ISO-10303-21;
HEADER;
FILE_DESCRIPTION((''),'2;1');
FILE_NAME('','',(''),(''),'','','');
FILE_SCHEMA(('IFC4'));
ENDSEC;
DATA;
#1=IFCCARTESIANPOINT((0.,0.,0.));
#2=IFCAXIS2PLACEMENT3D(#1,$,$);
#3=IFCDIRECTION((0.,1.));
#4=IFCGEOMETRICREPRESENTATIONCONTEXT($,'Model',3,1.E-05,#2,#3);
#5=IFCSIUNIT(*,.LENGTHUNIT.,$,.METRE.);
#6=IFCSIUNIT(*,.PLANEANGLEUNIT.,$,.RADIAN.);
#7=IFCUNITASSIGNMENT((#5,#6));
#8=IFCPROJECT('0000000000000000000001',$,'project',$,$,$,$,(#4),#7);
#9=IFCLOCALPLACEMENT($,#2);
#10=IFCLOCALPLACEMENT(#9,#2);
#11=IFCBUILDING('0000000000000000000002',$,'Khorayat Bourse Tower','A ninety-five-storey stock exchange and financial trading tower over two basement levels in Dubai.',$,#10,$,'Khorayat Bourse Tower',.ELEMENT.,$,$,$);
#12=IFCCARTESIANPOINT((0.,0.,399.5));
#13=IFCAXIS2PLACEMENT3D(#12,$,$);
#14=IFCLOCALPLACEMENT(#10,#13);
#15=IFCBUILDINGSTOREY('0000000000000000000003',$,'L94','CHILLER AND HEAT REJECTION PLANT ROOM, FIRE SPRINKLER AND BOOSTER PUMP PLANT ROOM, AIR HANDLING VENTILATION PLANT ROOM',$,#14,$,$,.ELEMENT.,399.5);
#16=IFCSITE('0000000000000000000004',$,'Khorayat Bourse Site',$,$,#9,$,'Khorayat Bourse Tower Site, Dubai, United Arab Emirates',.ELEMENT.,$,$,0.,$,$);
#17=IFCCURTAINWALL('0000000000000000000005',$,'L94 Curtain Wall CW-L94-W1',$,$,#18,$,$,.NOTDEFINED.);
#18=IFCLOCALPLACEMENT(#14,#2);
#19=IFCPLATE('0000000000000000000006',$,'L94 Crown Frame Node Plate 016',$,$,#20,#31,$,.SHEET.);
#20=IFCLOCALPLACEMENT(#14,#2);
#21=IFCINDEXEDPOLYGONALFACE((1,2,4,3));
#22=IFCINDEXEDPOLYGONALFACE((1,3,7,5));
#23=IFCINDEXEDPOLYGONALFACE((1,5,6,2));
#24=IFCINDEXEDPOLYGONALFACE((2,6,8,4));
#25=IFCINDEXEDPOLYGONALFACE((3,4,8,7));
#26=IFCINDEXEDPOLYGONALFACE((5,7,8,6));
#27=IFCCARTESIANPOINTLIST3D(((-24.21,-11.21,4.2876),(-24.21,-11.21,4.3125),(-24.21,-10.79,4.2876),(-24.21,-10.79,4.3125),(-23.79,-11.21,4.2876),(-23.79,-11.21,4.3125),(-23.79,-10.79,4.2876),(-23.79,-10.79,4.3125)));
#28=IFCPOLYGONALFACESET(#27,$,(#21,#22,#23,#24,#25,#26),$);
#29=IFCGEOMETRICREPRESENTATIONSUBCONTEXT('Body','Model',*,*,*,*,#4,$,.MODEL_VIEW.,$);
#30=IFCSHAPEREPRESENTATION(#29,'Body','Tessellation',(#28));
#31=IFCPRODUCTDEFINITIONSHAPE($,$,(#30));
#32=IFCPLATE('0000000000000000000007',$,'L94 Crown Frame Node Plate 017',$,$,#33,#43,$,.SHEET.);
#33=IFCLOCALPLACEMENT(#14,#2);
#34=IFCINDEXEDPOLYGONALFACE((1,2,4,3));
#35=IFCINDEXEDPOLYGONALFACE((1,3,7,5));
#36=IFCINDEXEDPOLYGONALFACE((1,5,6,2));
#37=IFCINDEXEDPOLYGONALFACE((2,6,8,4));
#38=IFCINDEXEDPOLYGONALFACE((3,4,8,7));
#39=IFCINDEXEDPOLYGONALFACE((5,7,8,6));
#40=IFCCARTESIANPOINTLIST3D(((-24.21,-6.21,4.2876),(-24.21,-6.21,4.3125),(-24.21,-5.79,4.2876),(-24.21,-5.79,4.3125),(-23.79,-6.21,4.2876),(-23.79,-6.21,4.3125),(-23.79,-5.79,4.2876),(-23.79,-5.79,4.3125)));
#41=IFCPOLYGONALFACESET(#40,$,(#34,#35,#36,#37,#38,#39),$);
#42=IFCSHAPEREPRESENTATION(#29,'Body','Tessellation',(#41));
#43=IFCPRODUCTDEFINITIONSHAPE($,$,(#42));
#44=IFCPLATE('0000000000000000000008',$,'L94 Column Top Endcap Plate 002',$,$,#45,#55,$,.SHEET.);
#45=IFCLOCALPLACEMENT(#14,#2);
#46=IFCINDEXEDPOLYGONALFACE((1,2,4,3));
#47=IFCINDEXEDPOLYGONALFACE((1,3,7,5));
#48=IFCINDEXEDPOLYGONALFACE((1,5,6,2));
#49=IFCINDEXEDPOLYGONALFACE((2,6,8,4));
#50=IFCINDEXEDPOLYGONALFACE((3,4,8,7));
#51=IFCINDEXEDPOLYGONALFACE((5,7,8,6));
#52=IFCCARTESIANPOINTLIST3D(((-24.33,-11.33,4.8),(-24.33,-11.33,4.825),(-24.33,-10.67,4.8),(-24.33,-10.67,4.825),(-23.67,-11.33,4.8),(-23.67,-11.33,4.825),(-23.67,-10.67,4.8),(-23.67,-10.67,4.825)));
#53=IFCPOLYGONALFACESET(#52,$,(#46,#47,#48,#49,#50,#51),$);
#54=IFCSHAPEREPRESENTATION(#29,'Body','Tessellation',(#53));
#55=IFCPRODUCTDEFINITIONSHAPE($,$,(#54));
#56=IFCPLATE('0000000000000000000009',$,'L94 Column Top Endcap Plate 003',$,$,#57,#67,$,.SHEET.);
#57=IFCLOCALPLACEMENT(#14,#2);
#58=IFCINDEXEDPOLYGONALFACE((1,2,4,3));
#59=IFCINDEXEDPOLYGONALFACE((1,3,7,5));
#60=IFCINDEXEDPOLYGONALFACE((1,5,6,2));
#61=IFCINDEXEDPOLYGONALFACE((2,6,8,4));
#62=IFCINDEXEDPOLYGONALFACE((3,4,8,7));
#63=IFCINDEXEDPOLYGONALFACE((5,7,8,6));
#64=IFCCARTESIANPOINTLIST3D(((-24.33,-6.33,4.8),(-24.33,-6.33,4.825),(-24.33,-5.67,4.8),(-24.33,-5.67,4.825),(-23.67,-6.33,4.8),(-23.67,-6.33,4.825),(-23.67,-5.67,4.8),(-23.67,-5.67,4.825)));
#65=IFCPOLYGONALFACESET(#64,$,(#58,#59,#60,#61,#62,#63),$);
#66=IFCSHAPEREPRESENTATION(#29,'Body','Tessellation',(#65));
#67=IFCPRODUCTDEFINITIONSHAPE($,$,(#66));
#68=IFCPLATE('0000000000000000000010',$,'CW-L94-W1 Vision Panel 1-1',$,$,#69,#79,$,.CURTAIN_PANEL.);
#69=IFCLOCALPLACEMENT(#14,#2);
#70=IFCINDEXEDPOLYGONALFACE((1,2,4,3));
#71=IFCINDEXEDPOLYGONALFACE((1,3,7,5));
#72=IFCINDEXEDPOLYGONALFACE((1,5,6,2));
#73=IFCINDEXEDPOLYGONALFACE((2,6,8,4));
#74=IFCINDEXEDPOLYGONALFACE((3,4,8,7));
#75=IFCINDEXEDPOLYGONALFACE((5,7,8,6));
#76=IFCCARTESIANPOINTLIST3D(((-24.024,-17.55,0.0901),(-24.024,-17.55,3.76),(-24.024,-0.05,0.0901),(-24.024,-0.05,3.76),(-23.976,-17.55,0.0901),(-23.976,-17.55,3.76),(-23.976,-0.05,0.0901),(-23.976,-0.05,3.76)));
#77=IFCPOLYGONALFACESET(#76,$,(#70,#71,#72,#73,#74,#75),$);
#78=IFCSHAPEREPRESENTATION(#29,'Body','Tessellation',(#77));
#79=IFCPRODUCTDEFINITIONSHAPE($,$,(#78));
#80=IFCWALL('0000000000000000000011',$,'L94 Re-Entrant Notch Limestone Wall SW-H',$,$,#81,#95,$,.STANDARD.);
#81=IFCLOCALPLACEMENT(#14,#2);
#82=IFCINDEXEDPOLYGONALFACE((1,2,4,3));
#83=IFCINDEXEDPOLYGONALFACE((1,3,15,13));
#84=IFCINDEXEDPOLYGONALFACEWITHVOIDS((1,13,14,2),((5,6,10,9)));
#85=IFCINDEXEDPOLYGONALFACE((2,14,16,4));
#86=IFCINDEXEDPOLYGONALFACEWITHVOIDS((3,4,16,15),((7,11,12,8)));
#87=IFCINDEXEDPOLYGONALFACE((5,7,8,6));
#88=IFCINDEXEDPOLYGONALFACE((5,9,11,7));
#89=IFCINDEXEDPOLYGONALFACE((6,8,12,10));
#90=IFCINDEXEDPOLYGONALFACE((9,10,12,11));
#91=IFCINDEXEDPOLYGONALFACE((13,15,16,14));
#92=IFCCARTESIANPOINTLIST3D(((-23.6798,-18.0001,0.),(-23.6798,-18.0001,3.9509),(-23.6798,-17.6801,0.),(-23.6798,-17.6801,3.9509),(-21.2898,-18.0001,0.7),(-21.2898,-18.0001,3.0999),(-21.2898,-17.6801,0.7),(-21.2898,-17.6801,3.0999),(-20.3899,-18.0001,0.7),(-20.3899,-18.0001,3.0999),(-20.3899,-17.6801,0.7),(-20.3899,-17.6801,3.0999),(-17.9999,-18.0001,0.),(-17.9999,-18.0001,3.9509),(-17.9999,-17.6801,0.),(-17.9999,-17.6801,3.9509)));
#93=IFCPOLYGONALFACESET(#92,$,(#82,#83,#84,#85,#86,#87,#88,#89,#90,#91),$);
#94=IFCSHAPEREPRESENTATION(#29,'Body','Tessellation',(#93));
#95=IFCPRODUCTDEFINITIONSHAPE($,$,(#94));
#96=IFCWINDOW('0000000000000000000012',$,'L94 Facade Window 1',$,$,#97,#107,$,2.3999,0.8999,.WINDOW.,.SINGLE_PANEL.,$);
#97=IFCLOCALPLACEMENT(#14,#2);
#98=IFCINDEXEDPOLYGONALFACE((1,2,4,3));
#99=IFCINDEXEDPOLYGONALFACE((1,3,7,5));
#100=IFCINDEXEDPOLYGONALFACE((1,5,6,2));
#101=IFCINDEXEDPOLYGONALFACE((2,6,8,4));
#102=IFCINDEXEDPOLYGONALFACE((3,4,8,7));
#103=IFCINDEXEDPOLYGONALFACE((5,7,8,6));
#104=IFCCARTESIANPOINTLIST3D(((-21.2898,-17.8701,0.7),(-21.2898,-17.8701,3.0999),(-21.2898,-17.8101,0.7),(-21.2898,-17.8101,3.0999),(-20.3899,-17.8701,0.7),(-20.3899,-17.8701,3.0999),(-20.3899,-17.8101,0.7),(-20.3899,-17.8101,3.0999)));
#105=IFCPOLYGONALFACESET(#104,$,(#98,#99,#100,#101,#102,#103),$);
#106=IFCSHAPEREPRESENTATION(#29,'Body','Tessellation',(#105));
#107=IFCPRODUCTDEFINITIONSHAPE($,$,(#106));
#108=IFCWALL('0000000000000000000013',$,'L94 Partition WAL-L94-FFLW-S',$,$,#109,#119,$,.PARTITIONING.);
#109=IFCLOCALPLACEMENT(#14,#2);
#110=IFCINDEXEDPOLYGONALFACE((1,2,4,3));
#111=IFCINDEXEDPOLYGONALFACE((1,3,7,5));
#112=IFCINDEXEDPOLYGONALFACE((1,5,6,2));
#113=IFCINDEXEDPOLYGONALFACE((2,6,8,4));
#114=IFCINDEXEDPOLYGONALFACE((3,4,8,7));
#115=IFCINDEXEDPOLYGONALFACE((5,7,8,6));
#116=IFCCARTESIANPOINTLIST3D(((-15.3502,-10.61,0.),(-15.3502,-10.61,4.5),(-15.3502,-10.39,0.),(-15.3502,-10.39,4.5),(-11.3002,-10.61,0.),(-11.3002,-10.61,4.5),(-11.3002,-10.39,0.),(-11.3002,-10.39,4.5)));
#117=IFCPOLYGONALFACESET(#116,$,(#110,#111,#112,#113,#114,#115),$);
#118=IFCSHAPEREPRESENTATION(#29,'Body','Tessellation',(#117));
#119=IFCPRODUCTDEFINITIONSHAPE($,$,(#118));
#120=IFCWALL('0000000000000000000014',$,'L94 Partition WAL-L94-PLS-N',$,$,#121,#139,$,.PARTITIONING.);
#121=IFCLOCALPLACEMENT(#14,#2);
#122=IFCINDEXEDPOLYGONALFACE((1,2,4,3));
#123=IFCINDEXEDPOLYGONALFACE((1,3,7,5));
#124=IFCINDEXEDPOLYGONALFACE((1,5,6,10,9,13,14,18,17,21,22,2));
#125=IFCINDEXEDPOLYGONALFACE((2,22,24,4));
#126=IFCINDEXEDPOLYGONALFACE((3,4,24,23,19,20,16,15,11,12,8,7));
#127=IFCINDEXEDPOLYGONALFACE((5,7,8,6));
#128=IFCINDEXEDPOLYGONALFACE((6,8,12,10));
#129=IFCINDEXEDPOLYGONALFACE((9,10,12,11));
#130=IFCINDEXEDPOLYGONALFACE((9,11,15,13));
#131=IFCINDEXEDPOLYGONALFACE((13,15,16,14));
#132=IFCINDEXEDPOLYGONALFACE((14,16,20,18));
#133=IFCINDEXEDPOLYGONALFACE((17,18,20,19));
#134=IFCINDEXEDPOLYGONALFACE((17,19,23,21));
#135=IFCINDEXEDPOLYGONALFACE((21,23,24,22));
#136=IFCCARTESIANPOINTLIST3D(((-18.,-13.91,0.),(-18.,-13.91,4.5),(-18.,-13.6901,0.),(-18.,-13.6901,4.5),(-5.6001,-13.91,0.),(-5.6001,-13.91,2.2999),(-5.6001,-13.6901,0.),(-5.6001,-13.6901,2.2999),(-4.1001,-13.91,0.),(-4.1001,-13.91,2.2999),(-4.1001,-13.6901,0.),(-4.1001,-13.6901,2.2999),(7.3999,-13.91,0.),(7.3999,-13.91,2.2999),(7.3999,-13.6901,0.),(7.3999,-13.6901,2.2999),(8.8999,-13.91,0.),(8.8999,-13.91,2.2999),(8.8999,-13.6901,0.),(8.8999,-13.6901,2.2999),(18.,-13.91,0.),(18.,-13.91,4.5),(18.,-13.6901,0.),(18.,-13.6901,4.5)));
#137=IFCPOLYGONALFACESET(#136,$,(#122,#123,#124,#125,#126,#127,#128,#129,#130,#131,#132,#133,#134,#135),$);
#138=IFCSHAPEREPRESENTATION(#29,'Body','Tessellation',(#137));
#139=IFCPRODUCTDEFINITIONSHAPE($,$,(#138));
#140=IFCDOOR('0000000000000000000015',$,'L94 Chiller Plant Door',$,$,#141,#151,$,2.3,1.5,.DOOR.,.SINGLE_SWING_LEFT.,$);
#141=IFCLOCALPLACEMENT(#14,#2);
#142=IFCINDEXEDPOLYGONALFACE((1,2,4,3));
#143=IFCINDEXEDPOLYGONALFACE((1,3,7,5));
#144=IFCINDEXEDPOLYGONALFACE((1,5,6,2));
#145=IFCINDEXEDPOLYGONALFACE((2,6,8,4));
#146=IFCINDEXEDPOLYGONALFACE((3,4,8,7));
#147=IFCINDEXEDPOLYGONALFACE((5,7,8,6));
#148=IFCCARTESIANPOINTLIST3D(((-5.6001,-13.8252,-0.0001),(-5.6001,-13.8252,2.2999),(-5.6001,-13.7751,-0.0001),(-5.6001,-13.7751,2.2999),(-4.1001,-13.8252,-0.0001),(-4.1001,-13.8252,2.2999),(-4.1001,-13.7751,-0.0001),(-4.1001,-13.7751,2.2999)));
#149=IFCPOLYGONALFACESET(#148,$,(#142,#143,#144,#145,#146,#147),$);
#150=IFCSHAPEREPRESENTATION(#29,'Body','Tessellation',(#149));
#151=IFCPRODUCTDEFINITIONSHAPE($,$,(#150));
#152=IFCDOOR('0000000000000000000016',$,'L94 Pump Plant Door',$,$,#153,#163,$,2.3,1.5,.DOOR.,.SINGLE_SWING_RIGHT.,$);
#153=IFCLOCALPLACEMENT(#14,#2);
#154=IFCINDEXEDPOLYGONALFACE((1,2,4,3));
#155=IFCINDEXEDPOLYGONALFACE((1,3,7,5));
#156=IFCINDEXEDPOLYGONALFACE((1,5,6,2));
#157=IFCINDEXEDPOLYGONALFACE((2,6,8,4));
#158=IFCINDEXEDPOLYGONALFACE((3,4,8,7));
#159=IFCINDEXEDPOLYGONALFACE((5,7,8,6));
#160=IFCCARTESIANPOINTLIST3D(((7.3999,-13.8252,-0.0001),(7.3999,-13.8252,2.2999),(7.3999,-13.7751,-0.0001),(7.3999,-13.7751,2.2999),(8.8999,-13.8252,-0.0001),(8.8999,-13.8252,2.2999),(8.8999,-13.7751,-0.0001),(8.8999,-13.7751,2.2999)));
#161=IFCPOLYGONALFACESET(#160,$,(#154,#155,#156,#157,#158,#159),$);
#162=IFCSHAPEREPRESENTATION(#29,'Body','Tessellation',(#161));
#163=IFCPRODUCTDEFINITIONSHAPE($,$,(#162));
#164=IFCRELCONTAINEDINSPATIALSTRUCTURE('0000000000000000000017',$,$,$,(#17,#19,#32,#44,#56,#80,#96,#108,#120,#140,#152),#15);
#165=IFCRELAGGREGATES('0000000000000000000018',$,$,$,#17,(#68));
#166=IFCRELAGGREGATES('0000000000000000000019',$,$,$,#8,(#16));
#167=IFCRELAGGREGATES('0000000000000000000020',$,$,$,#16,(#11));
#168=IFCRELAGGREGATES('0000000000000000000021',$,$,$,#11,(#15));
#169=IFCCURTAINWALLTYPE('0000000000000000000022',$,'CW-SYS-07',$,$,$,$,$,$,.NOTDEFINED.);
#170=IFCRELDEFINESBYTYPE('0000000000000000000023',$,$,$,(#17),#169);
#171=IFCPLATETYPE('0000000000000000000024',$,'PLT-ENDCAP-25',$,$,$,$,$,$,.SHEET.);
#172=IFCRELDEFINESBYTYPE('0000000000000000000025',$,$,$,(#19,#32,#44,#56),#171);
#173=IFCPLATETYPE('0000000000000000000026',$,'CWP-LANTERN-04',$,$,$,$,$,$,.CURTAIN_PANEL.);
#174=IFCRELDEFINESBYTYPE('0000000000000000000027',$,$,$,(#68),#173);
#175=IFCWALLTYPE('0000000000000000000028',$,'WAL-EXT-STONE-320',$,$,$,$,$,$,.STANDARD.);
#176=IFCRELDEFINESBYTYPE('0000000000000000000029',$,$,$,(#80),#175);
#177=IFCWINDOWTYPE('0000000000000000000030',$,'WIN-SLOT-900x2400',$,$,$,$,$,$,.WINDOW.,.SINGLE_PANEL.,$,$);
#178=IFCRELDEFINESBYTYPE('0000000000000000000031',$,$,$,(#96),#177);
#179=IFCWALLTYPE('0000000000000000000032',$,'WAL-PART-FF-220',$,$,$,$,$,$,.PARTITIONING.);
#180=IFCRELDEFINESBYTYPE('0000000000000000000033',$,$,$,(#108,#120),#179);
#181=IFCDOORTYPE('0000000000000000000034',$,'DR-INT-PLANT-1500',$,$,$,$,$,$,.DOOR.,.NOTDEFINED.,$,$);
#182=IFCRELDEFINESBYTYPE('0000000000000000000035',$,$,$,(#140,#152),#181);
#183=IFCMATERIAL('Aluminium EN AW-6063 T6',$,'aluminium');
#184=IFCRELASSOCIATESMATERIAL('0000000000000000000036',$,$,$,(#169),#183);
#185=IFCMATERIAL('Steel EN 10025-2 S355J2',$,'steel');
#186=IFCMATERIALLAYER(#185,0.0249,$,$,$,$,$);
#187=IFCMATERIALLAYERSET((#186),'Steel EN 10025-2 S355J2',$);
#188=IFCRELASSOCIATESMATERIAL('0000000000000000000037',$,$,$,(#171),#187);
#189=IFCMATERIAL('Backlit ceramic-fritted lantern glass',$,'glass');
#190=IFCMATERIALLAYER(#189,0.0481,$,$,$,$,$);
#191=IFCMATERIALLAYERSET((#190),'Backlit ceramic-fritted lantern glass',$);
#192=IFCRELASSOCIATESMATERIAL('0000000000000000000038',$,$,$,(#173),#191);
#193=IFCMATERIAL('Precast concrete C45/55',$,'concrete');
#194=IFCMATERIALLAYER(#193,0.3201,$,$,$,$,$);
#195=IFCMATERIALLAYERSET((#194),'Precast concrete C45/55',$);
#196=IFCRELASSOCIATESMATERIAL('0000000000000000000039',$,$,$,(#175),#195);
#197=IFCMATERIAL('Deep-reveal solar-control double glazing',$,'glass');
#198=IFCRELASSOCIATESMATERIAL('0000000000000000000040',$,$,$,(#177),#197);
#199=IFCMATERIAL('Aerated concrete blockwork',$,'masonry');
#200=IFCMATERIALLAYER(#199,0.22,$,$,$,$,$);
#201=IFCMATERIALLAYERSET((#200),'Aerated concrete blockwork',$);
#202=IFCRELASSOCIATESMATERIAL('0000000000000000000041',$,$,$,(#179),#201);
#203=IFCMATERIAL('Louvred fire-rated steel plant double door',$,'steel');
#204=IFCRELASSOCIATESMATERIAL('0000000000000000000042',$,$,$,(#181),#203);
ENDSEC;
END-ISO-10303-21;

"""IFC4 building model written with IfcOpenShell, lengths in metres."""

from ifc_helpers import new_model, si_unit, direction, frame, frame_2d, origin, origin_2d, place, context, subcontext, project, spatial, rectangle, extrude, source, transform, mapped, material, layer, layer_set, type_object, element, fill, aggregate, save


model = new_model("IFC4")

# Units and contexts
model_context = context("Model", 3, precision=1e-05, world=origin(), true_north=direction((0.0, 1.0)))
body_context = subcontext(model_context, "Body", "Model", "MODEL_VIEW")
ifc_project = project(units=[si_unit("LENGTHUNIT", "METRE"), si_unit("PLANEANGLEUNIT", "RADIAN")], contexts=[model_context])

# Site, building, storey
site_placement = place(None, origin())
site = spatial("IfcSite", under=ifc_project, at=site_placement, Name="Khorayat Bourse Site", LongName="Khorayat Bourse Tower Site, Dubai, United Arab Emirates", CompositionType="ELEMENT", RefElevation=0.0)
building_placement = place(site_placement, origin())
building = spatial("IfcBuilding", under=site, at=building_placement, Name="Khorayat Bourse Tower", Description="A ninety-five-storey stock exchange and financial trading tower over two basement levels in Dubai.", LongName="Khorayat Bourse Tower", CompositionType="ELEMENT")
storey_placement = place(building_placement, frame((0.0, 0.0, 399.5)))
storey = spatial("IfcBuildingStorey", under=building, at=storey_placement, Name="L94", Description="CHILLER AND HEAT REJECTION PLANT ROOM, FIRE SPRINKLER AND BOOSTER PUMP PLANT ROOM, AIR HANDLING VENTILATION PLANT ROOM", CompositionType="ELEMENT", Elevation=399.5)

# Shared definitions
ifc_material_1 = material(Name="Steel EN 10025-2 S355J2", Category="steel")

# Curtain wall
ifc_material_2 = material(Name="Aluminium EN AW-6063 T6", Category="aluminium")
curtain_wall_type = type_object("IfcCurtainWallType", Name="CW-SYS-07", PredefinedType="NOTDEFINED", material=ifc_material_2)
curtain_wall_placement = place(storey_placement, origin())
curtain_wall = element("IfcCurtainWall", 1, at=curtain_wall_placement, inside=storey, type_object=curtain_wall_type, Name="L94 Curtain Wall CW-L94-W1", PredefinedType="NOTDEFINED")

# Plates
ifc_layer_1 = layer(ifc_material_1, 0.0249)
ifc_layer_set_1 = layer_set([ifc_layer_1], Name="Steel EN 10025-2 S355J2")
plate_type_1 = type_object("IfcPlateType", Name="PLT-ENDCAP-25", PredefinedType="SHEET", material=ifc_layer_set_1)
shared_shape_1 = source(origin(), body_context, "Body", "SweptSolid", [
    extrude(rectangle(XDim=0.4199, YDim=0.4199, at=origin_2d()), origin(), (0.0, 0.0, 1.0), 0.0249),
])
for number, where, z_axis, x_axis, name in (
    (2, (-24.0, -11.0, 4.2876), (0.0, 0.0, 1.0), (1.0, 0.0, 0.0), "L94 Crown Frame Node Plate 016"),
    (3, (-24.0, -6.0, 4.2876), (0.0, 0.0, 1.0), (1.0, 0.0, 0.0), "L94 Crown Frame Node Plate 017"),
):
    element("IfcPlate", number, at=place(storey_placement, frame(where, z_axis=z_axis, x_axis=x_axis)), inside=storey, type_object=plate_type_1, Name=name, PredefinedType="SHEET", context=body_context, shape_type="MappedRepresentation", body=[
        mapped(shared_shape_1, transform((0.0, 0.0, 0.0), scale=1.0)),
    ])
shared_shape_2 = source(origin(), body_context, "Body", "SweptSolid", [
    extrude(rectangle(XDim=0.6599, YDim=0.6599, at=origin_2d()), origin(), (0.0, 0.0, 1.0), 0.0249),
])
for number, where, z_axis, x_axis, name in (
    (4, (-24.0, -11.0, 4.8), (0.0, 0.0, 1.0), (1.0, 0.0, 0.0), "L94 Column Top Endcap Plate 002"),
    (5, (-24.0, -6.0, 4.8), (0.0, 0.0, 1.0), (1.0, 0.0, 0.0), "L94 Column Top Endcap Plate 003"),
):
    element("IfcPlate", number, at=place(storey_placement, frame(where, z_axis=z_axis, x_axis=x_axis)), inside=storey, type_object=plate_type_1, Name=name, PredefinedType="SHEET", context=body_context, shape_type="MappedRepresentation", body=[
        mapped(shared_shape_2, transform((0.0, 0.0, 0.0), scale=1.0)),
    ])

# Plate
ifc_material_3 = material(Name="Backlit ceramic-fritted lantern glass", Category="glass")
ifc_layer_2 = layer(ifc_material_3, 0.0481)
ifc_layer_set_2 = layer_set([ifc_layer_2], Name="Backlit ceramic-fritted lantern glass")
plate_type_2 = type_object("IfcPlateType", Name="CWP-LANTERN-04", PredefinedType="CURTAIN_PANEL", material=ifc_layer_set_2)
shared_shape_3 = source(origin(), body_context, "Body", "SweptSolid", [
    extrude(rectangle(XDim=17.5, YDim=0.0481, at=origin_2d()), origin(), (0.0, 0.0, 1.0), 3.6699),
])
plate_placement = place(storey_placement, frame((-24.0, -8.8, 0.0901), z_axis=(0.0, 0.0, 1.0), x_axis=(0.0, 1.0, 0.0)))
plate = element("IfcPlate", 6, at=plate_placement, type_object=plate_type_2, Name="CW-L94-W1 Vision Panel 1-1", PredefinedType="CURTAIN_PANEL", context=body_context, shape_type="MappedRepresentation", body=[
    mapped(shared_shape_3, transform((0.0, 0.0, 0.0), scale=1.0)),
])
aggregate(curtain_wall, [plate])

# Wall, opening, window
ifc_material_4 = material(Name="Precast concrete C45/55", Category="concrete")
ifc_layer_3 = layer(ifc_material_4, 0.3201)
ifc_layer_set_3 = layer_set([ifc_layer_3], Name="Precast concrete C45/55")
wall_type_1 = type_object("IfcWallType", Name="WAL-EXT-STONE-320", PredefinedType="STANDARD", material=ifc_layer_set_3)
shared_shape_4 = source(origin(), body_context, "Body", "SweptSolid", [
    extrude(rectangle(XDim=5.6799, YDim=0.3201, at=frame_2d((2.8398, 0.0))), origin(), (0.0, 0.0, 1.0), 3.9509),
])
wall_1_placement = place(storey_placement, frame((-18.0, -17.8401, 0.0), z_axis=(0.0, 0.0, 1.0), x_axis=(-1.0, 0.0, 0.0)))
wall_1 = element("IfcWall", 7, at=wall_1_placement, inside=storey, type_object=wall_type_1, Name="L94 Re-Entrant Notch Limestone Wall SW-H", PredefinedType="STANDARD", context=body_context, shape_type="MappedRepresentation", body=[
    mapped(shared_shape_4, transform((0.0, 0.0, 0.0), scale=1.0)),
])
shared_shape_5 = source(origin(), body_context, "Body", "SweptSolid", [
    extrude(rectangle(XDim=0.8999, YDim=2.3999, at=frame_2d((0.45, 1.2))), frame((0.0, 0.1699, 0.0), z_axis=(0.0, -1.0, 0.0), x_axis=(1.0, 0.0, 0.0)), (0.0, 0.0, 1.0), 0.3401),
])
opening_1_placement = place(wall_1_placement, frame((2.3899, 0.0, 0.7)))
opening_1 = element("IfcOpeningElement", 8, at=opening_1_placement, cuts=wall_1, PredefinedType="OPENING", context=body_context, shape_type="MappedRepresentation", body=[
    mapped(shared_shape_5, transform((0.0, 0.0, 0.0), scale=1.0)),
])
ifc_material_5 = material(Name="Deep-reveal solar-control double glazing", Category="glass")
window_type = type_object("IfcWindowType", Name="WIN-SLOT-900x2400", PartitioningType="SINGLE_PANEL", PredefinedType="WINDOW", material=ifc_material_5)
shared_shape_6 = source(origin(), body_context, "Body", "SweptSolid", [
    extrude(rectangle(XDim=0.8999, YDim=2.3999, at=frame_2d((0.45, 1.2))), frame((0.0, 0.03, 0.0), z_axis=(0.0, -1.0, 0.0), x_axis=(1.0, 0.0, 0.0)), (0.0, 0.0, 1.0), 0.0601),
])
window_placement = place(opening_1_placement, origin())
window = element("IfcWindow", 9, at=window_placement, inside=storey, type_object=window_type, Name="L94 Facade Window 1", OverallHeight=2.3999, OverallWidth=0.8999, PartitioningType="SINGLE_PANEL", PredefinedType="WINDOW", context=body_context, shape_type="MappedRepresentation", body=[
    mapped(shared_shape_6, transform((0.0, 0.0, 0.0), scale=1.0)),
])
fill(opening_1, window)

# Wall
ifc_material_6 = material(Name="Aerated concrete blockwork", Category="masonry")
ifc_layer_4 = layer(ifc_material_6, 0.22)
ifc_layer_set_4 = layer_set([ifc_layer_4], Name="Aerated concrete blockwork")
wall_type_2 = type_object("IfcWallType", Name="WAL-PART-FF-220", PredefinedType="PARTITIONING", material=ifc_layer_set_4)
shared_shape_7 = source(origin(), body_context, "Body", "SweptSolid", [
    extrude(rectangle(XDim=4.05, YDim=0.22, at=frame_2d((2.0249, 0.0))), origin(), (0.0, 0.0, 1.0), 4.5),
])
wall_2_placement = place(storey_placement, frame((-15.3501, -10.5, 0.0), z_axis=(0.0, 0.0, 1.0), x_axis=(1.0, 0.0, 0.0)))
element("IfcWall", 10, at=wall_2_placement, inside=storey, type_object=wall_type_2, Name="L94 Partition WAL-L94-FFLW-S", PredefinedType="PARTITIONING", context=body_context, shape_type="MappedRepresentation", body=[
    mapped(shared_shape_7, transform((0.0, 0.0, 0.0), scale=1.0)),
])

# Wall, openings, doors
shared_shape_8 = source(origin(), body_context, "Body", "SweptSolid", [
    extrude(rectangle(XDim=36.0, YDim=0.22, at=frame_2d((18.0, 0.0))), origin(), (0.0, 0.0, 1.0), 4.5),
])
wall_3_placement = place(storey_placement, frame((-18.0, -13.8, 0.0), z_axis=(0.0, 0.0, 1.0), x_axis=(1.0, 0.0, 0.0)))
wall_3 = element("IfcWall", 11, at=wall_3_placement, inside=storey, type_object=wall_type_2, Name="L94 Partition WAL-L94-PLS-N", PredefinedType="PARTITIONING", context=body_context, shape_type="MappedRepresentation", body=[
    mapped(shared_shape_8, transform((0.0, 0.0, 0.0), scale=1.0)),
])
shared_shape_9 = source(origin(), body_context, "Body", "SweptSolid", [
    extrude(rectangle(XDim=1.5, YDim=2.3, at=frame_2d((0.75, 1.1499))), frame((0.0, 0.1199, 0.0), z_axis=(0.0, -1.0, 0.0), x_axis=(1.0, 0.0, 0.0)), (0.0, 0.0, 1.0), 0.24),
])
opening_2_placement = place(wall_3_placement, frame((12.3999, 0.0, 0.0)))
opening_2 = element("IfcOpeningElement", 12, at=opening_2_placement, cuts=wall_3, PredefinedType="OPENING", context=body_context, shape_type="MappedRepresentation", body=[
    mapped(shared_shape_9, transform((0.0, 0.0, 0.0), scale=1.0)),
])
opening_3_placement = place(wall_3_placement, frame((25.3999, 0.0, 0.0)))
opening_3 = element("IfcOpeningElement", 13, at=opening_3_placement, cuts=wall_3, PredefinedType="OPENING", context=body_context, shape_type="MappedRepresentation", body=[
    mapped(shared_shape_9, transform((0.0, 0.0, 0.0), scale=1.0)),
])
ifc_material_7 = material(Name="Louvred fire-rated steel plant double door", Category="steel")
door_type_1 = type_object("IfcDoorType", Name="DR-INT-PLANT-1500", OperationType="NOTDEFINED", PredefinedType="DOOR", material=ifc_material_7)
shared_shape_10 = source(origin(), body_context, "Body", "SweptSolid", [
    extrude(rectangle(XDim=1.5, YDim=2.3, at=frame_2d((0.75, 1.1499))), frame((0.0, 0.0249, 0.0), z_axis=(0.0, -1.0, 0.0), x_axis=(1.0, 0.0, 0.0)), (0.0, 0.0, 1.0), 0.05),
])
door_1_placement = place(opening_2_placement, origin())
door_1 = element("IfcDoor", 14, at=door_1_placement, inside=storey, type_object=door_type_1, Name="L94 Chiller Plant Door", OperationType="SINGLE_SWING_LEFT", OverallHeight=2.3, OverallWidth=1.5, PredefinedType="DOOR", context=body_context, shape_type="MappedRepresentation", body=[
    mapped(shared_shape_10, transform((0.0, 0.0, 0.0), scale=1.0)),
])
fill(opening_2, door_1)
door_2_placement = place(opening_3_placement, origin())
door_2 = element("IfcDoor", 15, at=door_2_placement, inside=storey, type_object=door_type_1, Name="L94 Pump Plant Door", OperationType="SINGLE_SWING_RIGHT", OverallHeight=2.3, OverallWidth=1.5, PredefinedType="DOOR", context=body_context, shape_type="MappedRepresentation", body=[
    mapped(shared_shape_10, transform((0.0, 0.0, 0.0), scale=1.0)),
])
fill(opening_3, door_2)

save(model, "model.ifc")
